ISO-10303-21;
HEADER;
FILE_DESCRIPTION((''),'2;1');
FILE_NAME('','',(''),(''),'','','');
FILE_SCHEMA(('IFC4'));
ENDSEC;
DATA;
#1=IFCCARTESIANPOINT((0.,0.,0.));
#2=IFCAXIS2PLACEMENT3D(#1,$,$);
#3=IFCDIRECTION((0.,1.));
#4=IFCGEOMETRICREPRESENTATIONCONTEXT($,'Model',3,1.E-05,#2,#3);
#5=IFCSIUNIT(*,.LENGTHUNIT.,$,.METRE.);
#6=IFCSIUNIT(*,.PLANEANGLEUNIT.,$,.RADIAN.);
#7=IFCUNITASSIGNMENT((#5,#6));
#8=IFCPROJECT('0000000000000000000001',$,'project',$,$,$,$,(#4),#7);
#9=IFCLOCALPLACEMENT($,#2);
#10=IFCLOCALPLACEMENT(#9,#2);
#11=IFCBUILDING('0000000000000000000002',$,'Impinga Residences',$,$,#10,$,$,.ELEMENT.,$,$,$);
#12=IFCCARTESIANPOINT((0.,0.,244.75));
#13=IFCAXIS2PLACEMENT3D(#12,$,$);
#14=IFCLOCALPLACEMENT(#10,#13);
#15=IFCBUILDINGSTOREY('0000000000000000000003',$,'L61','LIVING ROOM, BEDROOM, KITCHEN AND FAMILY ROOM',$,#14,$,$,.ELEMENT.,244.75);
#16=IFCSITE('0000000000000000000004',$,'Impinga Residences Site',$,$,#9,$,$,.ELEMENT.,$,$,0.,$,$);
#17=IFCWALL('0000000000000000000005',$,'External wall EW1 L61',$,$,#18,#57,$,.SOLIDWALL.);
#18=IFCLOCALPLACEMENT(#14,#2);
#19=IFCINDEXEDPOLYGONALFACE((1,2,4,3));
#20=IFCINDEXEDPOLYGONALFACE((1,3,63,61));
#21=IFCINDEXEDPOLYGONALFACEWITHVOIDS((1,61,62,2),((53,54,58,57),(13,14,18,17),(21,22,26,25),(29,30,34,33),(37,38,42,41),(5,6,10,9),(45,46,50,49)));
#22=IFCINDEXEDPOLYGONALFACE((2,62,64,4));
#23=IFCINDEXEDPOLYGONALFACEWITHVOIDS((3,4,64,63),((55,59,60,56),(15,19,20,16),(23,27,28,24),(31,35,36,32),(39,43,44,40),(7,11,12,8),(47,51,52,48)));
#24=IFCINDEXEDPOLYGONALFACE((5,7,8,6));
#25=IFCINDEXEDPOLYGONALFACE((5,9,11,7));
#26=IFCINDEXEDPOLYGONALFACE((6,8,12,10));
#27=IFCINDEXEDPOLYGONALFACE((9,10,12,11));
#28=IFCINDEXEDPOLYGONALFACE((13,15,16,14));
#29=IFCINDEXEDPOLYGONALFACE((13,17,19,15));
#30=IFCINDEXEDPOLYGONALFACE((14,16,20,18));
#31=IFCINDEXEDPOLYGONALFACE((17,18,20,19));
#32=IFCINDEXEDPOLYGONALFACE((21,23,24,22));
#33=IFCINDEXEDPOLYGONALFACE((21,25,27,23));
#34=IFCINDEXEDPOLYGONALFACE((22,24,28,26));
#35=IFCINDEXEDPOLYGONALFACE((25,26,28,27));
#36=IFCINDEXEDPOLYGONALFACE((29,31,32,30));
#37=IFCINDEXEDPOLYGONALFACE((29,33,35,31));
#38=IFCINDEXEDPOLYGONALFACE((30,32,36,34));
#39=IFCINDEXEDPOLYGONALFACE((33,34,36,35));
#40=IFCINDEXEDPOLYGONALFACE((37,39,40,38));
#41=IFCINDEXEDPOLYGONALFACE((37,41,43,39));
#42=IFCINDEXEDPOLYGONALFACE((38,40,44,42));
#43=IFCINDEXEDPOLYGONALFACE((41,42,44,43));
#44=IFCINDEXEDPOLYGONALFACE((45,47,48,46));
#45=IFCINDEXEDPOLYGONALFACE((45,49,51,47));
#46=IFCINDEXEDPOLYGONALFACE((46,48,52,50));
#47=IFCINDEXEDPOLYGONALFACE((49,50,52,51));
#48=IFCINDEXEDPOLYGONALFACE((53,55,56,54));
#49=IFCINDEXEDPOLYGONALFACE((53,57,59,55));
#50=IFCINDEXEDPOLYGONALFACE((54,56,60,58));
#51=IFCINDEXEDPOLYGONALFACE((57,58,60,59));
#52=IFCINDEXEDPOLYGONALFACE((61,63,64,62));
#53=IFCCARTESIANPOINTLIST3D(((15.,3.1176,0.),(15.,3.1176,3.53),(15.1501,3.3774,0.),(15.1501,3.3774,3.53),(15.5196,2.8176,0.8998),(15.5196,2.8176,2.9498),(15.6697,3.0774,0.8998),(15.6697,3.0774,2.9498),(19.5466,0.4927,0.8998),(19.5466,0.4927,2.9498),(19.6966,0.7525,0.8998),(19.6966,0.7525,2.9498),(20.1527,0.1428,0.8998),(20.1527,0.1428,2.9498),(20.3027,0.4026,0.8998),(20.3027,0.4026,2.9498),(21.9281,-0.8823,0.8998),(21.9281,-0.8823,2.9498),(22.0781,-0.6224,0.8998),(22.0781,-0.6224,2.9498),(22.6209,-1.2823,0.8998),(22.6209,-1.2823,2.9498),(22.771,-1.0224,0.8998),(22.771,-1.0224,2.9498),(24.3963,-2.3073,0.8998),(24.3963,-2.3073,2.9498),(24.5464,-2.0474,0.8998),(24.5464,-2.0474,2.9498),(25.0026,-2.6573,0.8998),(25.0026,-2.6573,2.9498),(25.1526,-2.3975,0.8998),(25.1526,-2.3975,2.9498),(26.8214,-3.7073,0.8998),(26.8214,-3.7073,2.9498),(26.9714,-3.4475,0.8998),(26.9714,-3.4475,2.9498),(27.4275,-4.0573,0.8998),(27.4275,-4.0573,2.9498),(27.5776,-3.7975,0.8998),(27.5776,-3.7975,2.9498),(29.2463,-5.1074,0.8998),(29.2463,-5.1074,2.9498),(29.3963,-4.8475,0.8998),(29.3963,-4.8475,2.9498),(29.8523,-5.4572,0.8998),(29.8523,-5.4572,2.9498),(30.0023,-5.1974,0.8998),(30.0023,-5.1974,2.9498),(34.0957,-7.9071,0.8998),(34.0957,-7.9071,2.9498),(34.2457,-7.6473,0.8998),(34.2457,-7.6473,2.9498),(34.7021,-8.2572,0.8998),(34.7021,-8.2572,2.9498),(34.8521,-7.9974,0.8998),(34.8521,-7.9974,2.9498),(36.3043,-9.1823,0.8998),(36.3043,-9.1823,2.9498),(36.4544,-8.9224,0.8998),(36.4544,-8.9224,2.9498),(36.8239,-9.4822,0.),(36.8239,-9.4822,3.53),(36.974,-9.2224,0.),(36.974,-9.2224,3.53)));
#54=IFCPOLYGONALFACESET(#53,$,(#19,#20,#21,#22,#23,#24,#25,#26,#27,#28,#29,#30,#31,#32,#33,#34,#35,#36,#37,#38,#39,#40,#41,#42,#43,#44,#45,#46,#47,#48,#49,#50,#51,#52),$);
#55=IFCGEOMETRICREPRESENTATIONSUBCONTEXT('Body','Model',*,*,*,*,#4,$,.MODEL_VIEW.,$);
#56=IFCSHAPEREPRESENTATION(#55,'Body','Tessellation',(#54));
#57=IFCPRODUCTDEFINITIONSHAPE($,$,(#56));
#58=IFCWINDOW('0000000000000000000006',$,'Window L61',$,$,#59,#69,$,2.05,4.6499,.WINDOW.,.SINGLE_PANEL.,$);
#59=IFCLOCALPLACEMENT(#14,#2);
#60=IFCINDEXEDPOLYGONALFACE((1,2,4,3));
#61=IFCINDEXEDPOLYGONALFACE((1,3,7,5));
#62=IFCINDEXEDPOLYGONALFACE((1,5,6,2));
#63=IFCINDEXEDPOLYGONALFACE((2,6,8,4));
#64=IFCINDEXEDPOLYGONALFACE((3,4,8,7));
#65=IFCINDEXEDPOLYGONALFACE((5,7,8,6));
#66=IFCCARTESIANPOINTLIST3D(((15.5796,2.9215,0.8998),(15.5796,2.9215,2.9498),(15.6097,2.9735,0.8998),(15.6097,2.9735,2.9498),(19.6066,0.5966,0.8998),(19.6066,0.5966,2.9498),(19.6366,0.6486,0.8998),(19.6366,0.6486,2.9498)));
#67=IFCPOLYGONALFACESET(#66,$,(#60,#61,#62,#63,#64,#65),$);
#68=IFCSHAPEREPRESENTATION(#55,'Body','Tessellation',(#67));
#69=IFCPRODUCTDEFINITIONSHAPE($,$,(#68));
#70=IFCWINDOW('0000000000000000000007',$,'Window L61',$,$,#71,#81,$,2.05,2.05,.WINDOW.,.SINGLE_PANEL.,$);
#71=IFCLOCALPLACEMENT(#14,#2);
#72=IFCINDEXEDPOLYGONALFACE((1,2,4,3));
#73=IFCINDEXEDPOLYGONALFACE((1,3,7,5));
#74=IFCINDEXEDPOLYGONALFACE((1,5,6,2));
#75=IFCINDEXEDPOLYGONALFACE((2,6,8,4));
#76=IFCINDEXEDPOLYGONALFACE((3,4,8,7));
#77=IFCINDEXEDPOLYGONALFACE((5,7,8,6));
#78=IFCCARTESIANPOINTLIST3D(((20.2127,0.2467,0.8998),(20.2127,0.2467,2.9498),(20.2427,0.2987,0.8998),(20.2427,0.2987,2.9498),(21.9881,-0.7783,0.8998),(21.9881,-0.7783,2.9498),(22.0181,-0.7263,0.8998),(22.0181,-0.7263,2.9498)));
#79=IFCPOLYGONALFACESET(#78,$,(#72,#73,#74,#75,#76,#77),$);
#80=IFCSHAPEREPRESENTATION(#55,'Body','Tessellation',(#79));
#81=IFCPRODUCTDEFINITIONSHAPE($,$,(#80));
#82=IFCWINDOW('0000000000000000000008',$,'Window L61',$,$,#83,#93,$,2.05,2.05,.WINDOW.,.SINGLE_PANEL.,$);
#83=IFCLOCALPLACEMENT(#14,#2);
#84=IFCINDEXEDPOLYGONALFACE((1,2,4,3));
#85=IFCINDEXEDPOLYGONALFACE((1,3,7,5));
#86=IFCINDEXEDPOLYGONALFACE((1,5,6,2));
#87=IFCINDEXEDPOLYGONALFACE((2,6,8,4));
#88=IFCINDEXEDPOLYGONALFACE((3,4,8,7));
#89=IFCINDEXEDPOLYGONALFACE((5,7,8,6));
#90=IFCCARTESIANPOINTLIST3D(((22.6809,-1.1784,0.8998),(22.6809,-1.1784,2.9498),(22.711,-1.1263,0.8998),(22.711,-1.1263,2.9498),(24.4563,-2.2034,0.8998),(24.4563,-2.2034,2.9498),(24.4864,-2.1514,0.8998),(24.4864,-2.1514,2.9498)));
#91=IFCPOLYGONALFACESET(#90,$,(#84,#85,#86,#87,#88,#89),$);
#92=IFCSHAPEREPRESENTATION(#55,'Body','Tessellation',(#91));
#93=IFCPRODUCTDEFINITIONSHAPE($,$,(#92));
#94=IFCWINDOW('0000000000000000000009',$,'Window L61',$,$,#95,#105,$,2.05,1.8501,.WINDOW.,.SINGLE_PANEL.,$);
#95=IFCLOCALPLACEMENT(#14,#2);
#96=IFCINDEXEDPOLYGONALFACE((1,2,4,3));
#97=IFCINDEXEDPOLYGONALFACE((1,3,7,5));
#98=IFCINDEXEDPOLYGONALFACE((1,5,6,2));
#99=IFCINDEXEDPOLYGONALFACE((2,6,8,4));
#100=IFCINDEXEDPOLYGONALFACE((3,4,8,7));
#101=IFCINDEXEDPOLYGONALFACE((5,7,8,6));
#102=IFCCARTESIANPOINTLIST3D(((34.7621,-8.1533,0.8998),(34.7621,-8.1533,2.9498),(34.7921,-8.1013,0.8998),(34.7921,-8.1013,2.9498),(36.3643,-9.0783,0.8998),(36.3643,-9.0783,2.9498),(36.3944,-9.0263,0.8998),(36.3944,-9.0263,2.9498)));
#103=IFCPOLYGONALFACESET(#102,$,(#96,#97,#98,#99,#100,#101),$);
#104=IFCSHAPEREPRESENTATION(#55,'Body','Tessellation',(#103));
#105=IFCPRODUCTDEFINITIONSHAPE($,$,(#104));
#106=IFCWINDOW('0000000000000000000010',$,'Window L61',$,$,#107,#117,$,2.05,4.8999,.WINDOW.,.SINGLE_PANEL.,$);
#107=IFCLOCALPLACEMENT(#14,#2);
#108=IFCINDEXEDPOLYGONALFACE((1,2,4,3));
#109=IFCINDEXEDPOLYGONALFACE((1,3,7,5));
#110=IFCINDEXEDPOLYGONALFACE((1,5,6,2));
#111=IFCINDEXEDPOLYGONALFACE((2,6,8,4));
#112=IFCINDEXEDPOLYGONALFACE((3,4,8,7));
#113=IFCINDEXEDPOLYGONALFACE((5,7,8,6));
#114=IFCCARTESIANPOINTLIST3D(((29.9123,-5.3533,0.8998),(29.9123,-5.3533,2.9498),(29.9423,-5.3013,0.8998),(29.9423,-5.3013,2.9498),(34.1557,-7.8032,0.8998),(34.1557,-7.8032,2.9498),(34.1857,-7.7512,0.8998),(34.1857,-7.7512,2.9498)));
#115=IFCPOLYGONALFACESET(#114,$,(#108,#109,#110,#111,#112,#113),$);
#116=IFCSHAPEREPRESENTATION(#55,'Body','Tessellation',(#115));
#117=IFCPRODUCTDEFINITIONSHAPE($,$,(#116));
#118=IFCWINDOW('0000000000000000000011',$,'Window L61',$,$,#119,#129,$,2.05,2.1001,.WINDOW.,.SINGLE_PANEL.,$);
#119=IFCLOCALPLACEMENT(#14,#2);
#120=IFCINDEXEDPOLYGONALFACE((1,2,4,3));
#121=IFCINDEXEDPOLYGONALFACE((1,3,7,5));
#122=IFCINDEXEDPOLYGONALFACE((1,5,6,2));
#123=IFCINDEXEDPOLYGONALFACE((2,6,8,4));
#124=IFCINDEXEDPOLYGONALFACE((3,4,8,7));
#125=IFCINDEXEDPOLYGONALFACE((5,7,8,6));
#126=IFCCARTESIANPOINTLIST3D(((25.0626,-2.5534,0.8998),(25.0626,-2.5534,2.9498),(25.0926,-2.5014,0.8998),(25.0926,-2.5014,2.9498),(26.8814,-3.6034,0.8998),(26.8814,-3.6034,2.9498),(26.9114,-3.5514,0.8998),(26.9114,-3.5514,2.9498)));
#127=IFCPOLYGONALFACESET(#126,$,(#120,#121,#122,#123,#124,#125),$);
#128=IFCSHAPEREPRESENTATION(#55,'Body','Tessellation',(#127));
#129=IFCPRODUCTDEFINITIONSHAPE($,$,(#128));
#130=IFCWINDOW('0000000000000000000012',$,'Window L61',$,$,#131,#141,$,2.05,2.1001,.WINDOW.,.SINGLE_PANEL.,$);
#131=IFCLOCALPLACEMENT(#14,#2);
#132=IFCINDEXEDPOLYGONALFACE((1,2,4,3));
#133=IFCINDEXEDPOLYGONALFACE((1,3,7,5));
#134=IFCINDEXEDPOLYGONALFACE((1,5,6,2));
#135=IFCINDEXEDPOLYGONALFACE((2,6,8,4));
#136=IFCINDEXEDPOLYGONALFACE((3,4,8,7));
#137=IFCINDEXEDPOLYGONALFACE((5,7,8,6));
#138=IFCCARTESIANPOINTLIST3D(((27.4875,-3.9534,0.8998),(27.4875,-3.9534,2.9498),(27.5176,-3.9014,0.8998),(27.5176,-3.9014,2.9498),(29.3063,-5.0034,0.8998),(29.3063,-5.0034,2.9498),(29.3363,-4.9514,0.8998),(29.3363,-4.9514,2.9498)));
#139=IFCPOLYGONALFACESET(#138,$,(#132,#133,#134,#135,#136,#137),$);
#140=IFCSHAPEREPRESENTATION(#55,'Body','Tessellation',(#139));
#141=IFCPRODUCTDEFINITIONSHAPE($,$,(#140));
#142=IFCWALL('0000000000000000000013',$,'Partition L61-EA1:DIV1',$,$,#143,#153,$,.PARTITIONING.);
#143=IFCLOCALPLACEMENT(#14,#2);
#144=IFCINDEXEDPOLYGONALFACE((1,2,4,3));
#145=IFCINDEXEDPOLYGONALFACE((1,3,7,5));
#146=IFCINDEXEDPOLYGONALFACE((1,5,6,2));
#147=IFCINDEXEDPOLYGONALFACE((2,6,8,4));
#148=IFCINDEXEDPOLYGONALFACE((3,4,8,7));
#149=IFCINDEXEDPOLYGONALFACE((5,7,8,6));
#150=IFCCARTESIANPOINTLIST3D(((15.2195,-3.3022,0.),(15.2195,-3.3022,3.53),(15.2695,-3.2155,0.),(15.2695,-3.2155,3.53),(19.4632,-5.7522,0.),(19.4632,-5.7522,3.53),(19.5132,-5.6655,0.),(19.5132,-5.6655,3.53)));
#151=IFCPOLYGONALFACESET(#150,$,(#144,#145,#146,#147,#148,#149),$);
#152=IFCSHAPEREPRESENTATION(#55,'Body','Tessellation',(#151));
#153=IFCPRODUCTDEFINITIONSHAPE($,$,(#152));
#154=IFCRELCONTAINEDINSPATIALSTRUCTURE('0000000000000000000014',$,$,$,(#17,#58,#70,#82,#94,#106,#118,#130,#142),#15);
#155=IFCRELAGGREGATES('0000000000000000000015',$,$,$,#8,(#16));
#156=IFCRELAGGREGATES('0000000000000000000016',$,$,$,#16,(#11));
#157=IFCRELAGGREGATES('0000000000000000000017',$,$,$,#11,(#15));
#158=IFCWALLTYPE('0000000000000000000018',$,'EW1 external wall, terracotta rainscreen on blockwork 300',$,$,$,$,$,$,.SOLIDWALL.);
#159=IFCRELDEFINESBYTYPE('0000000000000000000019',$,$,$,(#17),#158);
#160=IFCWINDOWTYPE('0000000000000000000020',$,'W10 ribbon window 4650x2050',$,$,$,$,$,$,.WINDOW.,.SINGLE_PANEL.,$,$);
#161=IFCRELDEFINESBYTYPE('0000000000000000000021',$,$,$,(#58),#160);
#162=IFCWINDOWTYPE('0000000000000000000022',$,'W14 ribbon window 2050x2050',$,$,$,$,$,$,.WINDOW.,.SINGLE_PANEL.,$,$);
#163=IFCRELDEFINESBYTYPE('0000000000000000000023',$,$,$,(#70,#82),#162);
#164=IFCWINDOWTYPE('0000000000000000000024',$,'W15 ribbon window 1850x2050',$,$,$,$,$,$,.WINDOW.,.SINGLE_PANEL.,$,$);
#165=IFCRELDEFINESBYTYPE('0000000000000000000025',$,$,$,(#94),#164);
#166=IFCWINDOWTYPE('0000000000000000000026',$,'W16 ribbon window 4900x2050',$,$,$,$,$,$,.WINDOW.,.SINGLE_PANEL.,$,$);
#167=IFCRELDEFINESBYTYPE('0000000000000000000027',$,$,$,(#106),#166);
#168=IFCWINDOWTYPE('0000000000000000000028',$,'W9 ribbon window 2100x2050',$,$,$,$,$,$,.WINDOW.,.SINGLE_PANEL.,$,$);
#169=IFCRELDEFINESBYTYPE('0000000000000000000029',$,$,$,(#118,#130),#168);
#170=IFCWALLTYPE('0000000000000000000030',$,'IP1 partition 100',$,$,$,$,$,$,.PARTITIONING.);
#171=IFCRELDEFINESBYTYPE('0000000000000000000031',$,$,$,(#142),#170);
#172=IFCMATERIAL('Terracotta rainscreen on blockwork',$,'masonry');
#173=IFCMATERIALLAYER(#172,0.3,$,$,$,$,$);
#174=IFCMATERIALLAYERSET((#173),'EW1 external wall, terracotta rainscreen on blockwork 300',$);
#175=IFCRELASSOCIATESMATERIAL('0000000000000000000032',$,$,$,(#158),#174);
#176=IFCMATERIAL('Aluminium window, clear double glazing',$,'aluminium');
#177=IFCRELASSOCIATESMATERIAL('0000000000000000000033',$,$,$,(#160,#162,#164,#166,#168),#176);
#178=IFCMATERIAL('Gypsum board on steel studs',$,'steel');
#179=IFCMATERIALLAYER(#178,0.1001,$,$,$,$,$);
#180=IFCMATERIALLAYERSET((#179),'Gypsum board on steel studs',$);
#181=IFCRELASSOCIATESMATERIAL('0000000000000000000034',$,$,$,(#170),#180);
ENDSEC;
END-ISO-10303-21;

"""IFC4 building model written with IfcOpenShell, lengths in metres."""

from ifc_helpers import new_model, si_unit, direction, frame, frame_2d, origin, place, context, subcontext, project, spatial, rectangle, extrude, material, layer, layer_set, type_object, element, fill, save


model = new_model("IFC4")

# Units and contexts
model_context = context("Model", 3, precision=1e-05, world=origin(), true_north=direction((0.0, 1.0)))
body_context = subcontext(model_context, "Body", "Model", "MODEL_VIEW")
ifc_project = project(units=[si_unit("LENGTHUNIT", "METRE"), si_unit("PLANEANGLEUNIT", "RADIAN")], contexts=[model_context])

# Site, building, storey
site_placement = place(None, origin())
site = spatial("IfcSite", under=ifc_project, at=site_placement, Name="Impinga Residences Site", CompositionType="ELEMENT", RefElevation=0.0)
building_placement = place(site_placement, origin())
building = spatial("IfcBuilding", under=site, at=building_placement, Name="Impinga Residences", CompositionType="ELEMENT")
storey_placement = place(building_placement, frame((0.0, 0.0, 244.75)))
storey = spatial("IfcBuildingStorey", under=building, at=storey_placement, Name="L61", Description="LIVING ROOM, BEDROOM, KITCHEN AND FAMILY ROOM", CompositionType="ELEMENT", Elevation=244.75)

# Wall, openings, windows
ifc_material_1 = material(Name="Terracotta rainscreen on blockwork", Category="masonry")
ifc_layer_1 = layer(ifc_material_1, 0.3)
ifc_layer_set_1 = layer_set([ifc_layer_1], Name="EW1 external wall, terracotta rainscreen on blockwork 300")
wall_type_1 = type_object("IfcWallType", Name="EW1 external wall, terracotta rainscreen on blockwork 300", PredefinedType="SOLIDWALL", material=ifc_layer_set_1)
wall_1_placement = place(storey_placement, frame((15.075, 3.2476, 0.0), z_axis=(0.0, 0.0, 1.0), x_axis=(0.866029, -0.499993, 0.0)))
wall_1 = element("IfcWall", 1, at=wall_1_placement, inside=storey, type_object=wall_type_1, Name="External wall EW1 L61", PredefinedType="SOLIDWALL", context=body_context, shape_type="SweptSolid", body=[
    extrude(rectangle(XDim=25.2, YDim=0.3, at=frame_2d((12.6001, 0.0))), origin(), (0.0, 0.0, 1.0), 3.53),
])
opening_1_placement = place(wall_1_placement, frame((0.6001, 0.0, 0.8999)))
opening_1 = element("IfcOpeningElement", 2, at=opening_1_placement, cuts=wall_1, PredefinedType="OPENING", context=body_context, shape_type="SweptSolid", body=[
    extrude(rectangle(XDim=4.6499, YDim=2.05, at=frame_2d((2.325, 1.0249))), frame((0.0, 0.1599, 0.0), z_axis=(0.0, -1.0, 0.0), x_axis=(1.0, 0.0, 0.0)), (0.0, 0.0, 1.0), 0.3201),
])
opening_2_placement = place(wall_1_placement, frame((5.95, 0.0, 0.8999)))
opening_2 = element("IfcOpeningElement", 3, at=opening_2_placement, cuts=wall_1, PredefinedType="OPENING", context=body_context, shape_type="SweptSolid", body=[
    extrude(rectangle(XDim=2.05, YDim=2.05, at=frame_2d((1.0249, 1.0249))), frame((0.0, 0.1599, 0.0), z_axis=(0.0, -1.0, 0.0), x_axis=(1.0, 0.0, 0.0)), (0.0, 0.0, 1.0), 0.3201),
])
opening_3_placement = place(wall_1_placement, frame((8.8, 0.0, 0.8999)))
opening_3 = element("IfcOpeningElement", 4, at=opening_3_placement, cuts=wall_1, PredefinedType="OPENING", context=body_context, shape_type="SweptSolid", body=[
    extrude(rectangle(XDim=2.05, YDim=2.05, at=frame_2d((1.0249, 1.0249))), frame((0.0, 0.1599, 0.0), z_axis=(0.0, -1.0, 0.0), x_axis=(1.0, 0.0, 0.0)), (0.0, 0.0, 1.0), 0.3201),
])
opening_4_placement = place(wall_1_placement, frame((11.55, 0.0, 0.8999)))
opening_4 = element("IfcOpeningElement", 5, at=opening_4_placement, cuts=wall_1, PredefinedType="OPENING", context=body_context, shape_type="SweptSolid", body=[
    extrude(rectangle(XDim=2.1001, YDim=2.05, at=frame_2d((1.05, 1.0249))), frame((0.0, 0.1599, 0.0), z_axis=(0.0, -1.0, 0.0), x_axis=(1.0, 0.0, 0.0)), (0.0, 0.0, 1.0), 0.3201),
])
opening_5_placement = place(wall_1_placement, frame((14.3501, 0.0, 0.8999)))
opening_5 = element("IfcOpeningElement", 6, at=opening_5_placement, cuts=wall_1, PredefinedType="OPENING", context=body_context, shape_type="SweptSolid", body=[
    extrude(rectangle(XDim=2.1001, YDim=2.05, at=frame_2d((1.05, 1.0249))), frame((0.0, 0.1599, 0.0), z_axis=(0.0, -1.0, 0.0), x_axis=(1.0, 0.0, 0.0)), (0.0, 0.0, 1.0), 0.3201),
])
opening_6_placement = place(wall_1_placement, frame((17.1499, 0.0, 0.8999)))
opening_6 = element("IfcOpeningElement", 7, at=opening_6_placement, cuts=wall_1, PredefinedType="OPENING", context=body_context, shape_type="SweptSolid", body=[
    extrude(rectangle(XDim=4.8999, YDim=2.05, at=frame_2d((2.45, 1.0249))), frame((0.0, 0.1599, 0.0), z_axis=(0.0, -1.0, 0.0), x_axis=(1.0, 0.0, 0.0)), (0.0, 0.0, 1.0), 0.3201),
])
opening_7_placement = place(wall_1_placement, frame((22.75, 0.0, 0.8999)))
opening_7 = element("IfcOpeningElement", 8, at=opening_7_placement, cuts=wall_1, PredefinedType="OPENING", context=body_context, shape_type="SweptSolid", body=[
    extrude(rectangle(XDim=1.8501, YDim=2.05, at=frame_2d((0.925, 1.0249))), frame((0.0, 0.1599, 0.0), z_axis=(0.0, -1.0, 0.0), x_axis=(1.0, 0.0, 0.0)), (0.0, 0.0, 1.0), 0.3201),
])
ifc_material_2 = material(Name="Aluminium window, clear double glazing", Category="aluminium")
window_type_1 = type_object("IfcWindowType", Name="W10 ribbon window 4650x2050", PartitioningType="SINGLE_PANEL", PredefinedType="WINDOW", material=ifc_material_2)
window_1_placement = place(opening_1_placement, origin())
window_1 = element("IfcWindow", 9, at=window_1_placement, inside=storey, type_object=window_type_1, Name="Window L61", OverallHeight=2.05, OverallWidth=4.6499, PartitioningType="SINGLE_PANEL", PredefinedType="WINDOW", context=body_context, shape_type="SweptSolid", body=[
    extrude(rectangle(XDim=4.6499, YDim=2.05, at=frame_2d((2.325, 1.0249))), frame((0.0, 0.03, 0.0), z_axis=(0.0, -1.0, 0.0), x_axis=(1.0, 0.0, 0.0)), (0.0, 0.0, 1.0), 0.0601),
])
fill(opening_1, window_1)
window_type_2 = type_object("IfcWindowType", Name="W14 ribbon window 2050x2050", PartitioningType="SINGLE_PANEL", PredefinedType="WINDOW", material=ifc_material_2)
window_2_placement = place(opening_2_placement, origin())
window_2 = element("IfcWindow", 10, at=window_2_placement, inside=storey, type_object=window_type_2, Name="Window L61", OverallHeight=2.05, OverallWidth=2.05, PartitioningType="SINGLE_PANEL", PredefinedType="WINDOW", context=body_context, shape_type="SweptSolid", body=[
    extrude(rectangle(XDim=2.05, YDim=2.05, at=frame_2d((1.0249, 1.0249))), frame((0.0, 0.03, 0.0), z_axis=(0.0, -1.0, 0.0), x_axis=(1.0, 0.0, 0.0)), (0.0, 0.0, 1.0), 0.0601),
])
fill(opening_2, window_2)
window_3_placement = place(opening_3_placement, origin())
window_3 = element("IfcWindow", 11, at=window_3_placement, inside=storey, type_object=window_type_2, Name="Window L61", OverallHeight=2.05, OverallWidth=2.05, PartitioningType="SINGLE_PANEL", PredefinedType="WINDOW", context=body_context, shape_type="SweptSolid", body=[
    extrude(rectangle(XDim=2.05, YDim=2.05, at=frame_2d((1.0249, 1.0249))), frame((0.0, 0.03, 0.0), z_axis=(0.0, -1.0, 0.0), x_axis=(1.0, 0.0, 0.0)), (0.0, 0.0, 1.0), 0.0601),
])
fill(opening_3, window_3)
window_type_3 = type_object("IfcWindowType", Name="W15 ribbon window 1850x2050", PartitioningType="SINGLE_PANEL", PredefinedType="WINDOW", material=ifc_material_2)
window_4_placement = place(opening_7_placement, origin())
window_4 = element("IfcWindow", 12, at=window_4_placement, inside=storey, type_object=window_type_3, Name="Window L61", OverallHeight=2.05, OverallWidth=1.8501, PartitioningType="SINGLE_PANEL", PredefinedType="WINDOW", context=body_context, shape_type="SweptSolid", body=[
    extrude(rectangle(XDim=1.8501, YDim=2.05, at=frame_2d((0.925, 1.0249))), frame((0.0, 0.03, 0.0), z_axis=(0.0, -1.0, 0.0), x_axis=(1.0, 0.0, 0.0)), (0.0, 0.0, 1.0), 0.0601),
])
fill(opening_7, window_4)
window_type_4 = type_object("IfcWindowType", Name="W16 ribbon window 4900x2050", PartitioningType="SINGLE_PANEL", PredefinedType="WINDOW", material=ifc_material_2)
window_5_placement = place(opening_6_placement, origin())
window_5 = element("IfcWindow", 13, at=window_5_placement, inside=storey, type_object=window_type_4, Name="Window L61", OverallHeight=2.05, OverallWidth=4.8999, PartitioningType="SINGLE_PANEL", PredefinedType="WINDOW", context=body_context, shape_type="SweptSolid", body=[
    extrude(rectangle(XDim=4.8999, YDim=2.05, at=frame_2d((2.45, 1.0249))), frame((0.0, 0.03, 0.0), z_axis=(0.0, -1.0, 0.0), x_axis=(1.0, 0.0, 0.0)), (0.0, 0.0, 1.0), 0.0601),
])
fill(opening_6, window_5)
window_type_5 = type_object("IfcWindowType", Name="W9 ribbon window 2100x2050", PartitioningType="SINGLE_PANEL", PredefinedType="WINDOW", material=ifc_material_2)
window_6_placement = place(opening_4_placement, origin())
window_6 = element("IfcWindow", 14, at=window_6_placement, inside=storey, type_object=window_type_5, Name="Window L61", OverallHeight=2.05, OverallWidth=2.1001, PartitioningType="SINGLE_PANEL", PredefinedType="WINDOW", context=body_context, shape_type="SweptSolid", body=[
    extrude(rectangle(XDim=2.1001, YDim=2.05, at=frame_2d((1.05, 1.0249))), frame((0.0, 0.03, 0.0), z_axis=(0.0, -1.0, 0.0), x_axis=(1.0, 0.0, 0.0)), (0.0, 0.0, 1.0), 0.0601),
])
fill(opening_4, window_6)
window_7_placement = place(opening_5_placement, origin())
window_7 = element("IfcWindow", 15, at=window_7_placement, inside=storey, type_object=window_type_5, Name="Window L61", OverallHeight=2.05, OverallWidth=2.1001, PartitioningType="SINGLE_PANEL", PredefinedType="WINDOW", context=body_context, shape_type="SweptSolid", body=[
    extrude(rectangle(XDim=2.1001, YDim=2.05, at=frame_2d((1.05, 1.0249))), frame((0.0, 0.03, 0.0), z_axis=(0.0, -1.0, 0.0), x_axis=(1.0, 0.0, 0.0)), (0.0, 0.0, 1.0), 0.0601),
])
fill(opening_5, window_7)

# Wall
ifc_material_3 = material(Name="Gypsum board on steel studs", Category="steel")
ifc_layer_2 = layer(ifc_material_3, 0.1001)
ifc_layer_set_2 = layer_set([ifc_layer_2], Name="Gypsum board on steel studs")
wall_type_2 = type_object("IfcWallType", Name="IP1 partition 100", PredefinedType="PARTITIONING", material=ifc_layer_set_2)
wall_2_placement = place(storey_placement, frame((15.2444, -3.2588, 0.0), z_axis=(0.0, 0.0, 1.0), x_axis=(0.866036, -0.499981, 0.0)))
element("IfcWall", 16, at=wall_2_placement, inside=storey, type_object=wall_type_2, Name="Partition L61-EA1:DIV1", PredefinedType="PARTITIONING", context=body_context, shape_type="SweptSolid", body=[
    extrude(rectangle(XDim=4.9001, YDim=0.1001, at=frame_2d((2.4502, 0.0))), origin(), (0.0, 0.0, 1.0), 3.53),
])

save(model, "model.ifc")
